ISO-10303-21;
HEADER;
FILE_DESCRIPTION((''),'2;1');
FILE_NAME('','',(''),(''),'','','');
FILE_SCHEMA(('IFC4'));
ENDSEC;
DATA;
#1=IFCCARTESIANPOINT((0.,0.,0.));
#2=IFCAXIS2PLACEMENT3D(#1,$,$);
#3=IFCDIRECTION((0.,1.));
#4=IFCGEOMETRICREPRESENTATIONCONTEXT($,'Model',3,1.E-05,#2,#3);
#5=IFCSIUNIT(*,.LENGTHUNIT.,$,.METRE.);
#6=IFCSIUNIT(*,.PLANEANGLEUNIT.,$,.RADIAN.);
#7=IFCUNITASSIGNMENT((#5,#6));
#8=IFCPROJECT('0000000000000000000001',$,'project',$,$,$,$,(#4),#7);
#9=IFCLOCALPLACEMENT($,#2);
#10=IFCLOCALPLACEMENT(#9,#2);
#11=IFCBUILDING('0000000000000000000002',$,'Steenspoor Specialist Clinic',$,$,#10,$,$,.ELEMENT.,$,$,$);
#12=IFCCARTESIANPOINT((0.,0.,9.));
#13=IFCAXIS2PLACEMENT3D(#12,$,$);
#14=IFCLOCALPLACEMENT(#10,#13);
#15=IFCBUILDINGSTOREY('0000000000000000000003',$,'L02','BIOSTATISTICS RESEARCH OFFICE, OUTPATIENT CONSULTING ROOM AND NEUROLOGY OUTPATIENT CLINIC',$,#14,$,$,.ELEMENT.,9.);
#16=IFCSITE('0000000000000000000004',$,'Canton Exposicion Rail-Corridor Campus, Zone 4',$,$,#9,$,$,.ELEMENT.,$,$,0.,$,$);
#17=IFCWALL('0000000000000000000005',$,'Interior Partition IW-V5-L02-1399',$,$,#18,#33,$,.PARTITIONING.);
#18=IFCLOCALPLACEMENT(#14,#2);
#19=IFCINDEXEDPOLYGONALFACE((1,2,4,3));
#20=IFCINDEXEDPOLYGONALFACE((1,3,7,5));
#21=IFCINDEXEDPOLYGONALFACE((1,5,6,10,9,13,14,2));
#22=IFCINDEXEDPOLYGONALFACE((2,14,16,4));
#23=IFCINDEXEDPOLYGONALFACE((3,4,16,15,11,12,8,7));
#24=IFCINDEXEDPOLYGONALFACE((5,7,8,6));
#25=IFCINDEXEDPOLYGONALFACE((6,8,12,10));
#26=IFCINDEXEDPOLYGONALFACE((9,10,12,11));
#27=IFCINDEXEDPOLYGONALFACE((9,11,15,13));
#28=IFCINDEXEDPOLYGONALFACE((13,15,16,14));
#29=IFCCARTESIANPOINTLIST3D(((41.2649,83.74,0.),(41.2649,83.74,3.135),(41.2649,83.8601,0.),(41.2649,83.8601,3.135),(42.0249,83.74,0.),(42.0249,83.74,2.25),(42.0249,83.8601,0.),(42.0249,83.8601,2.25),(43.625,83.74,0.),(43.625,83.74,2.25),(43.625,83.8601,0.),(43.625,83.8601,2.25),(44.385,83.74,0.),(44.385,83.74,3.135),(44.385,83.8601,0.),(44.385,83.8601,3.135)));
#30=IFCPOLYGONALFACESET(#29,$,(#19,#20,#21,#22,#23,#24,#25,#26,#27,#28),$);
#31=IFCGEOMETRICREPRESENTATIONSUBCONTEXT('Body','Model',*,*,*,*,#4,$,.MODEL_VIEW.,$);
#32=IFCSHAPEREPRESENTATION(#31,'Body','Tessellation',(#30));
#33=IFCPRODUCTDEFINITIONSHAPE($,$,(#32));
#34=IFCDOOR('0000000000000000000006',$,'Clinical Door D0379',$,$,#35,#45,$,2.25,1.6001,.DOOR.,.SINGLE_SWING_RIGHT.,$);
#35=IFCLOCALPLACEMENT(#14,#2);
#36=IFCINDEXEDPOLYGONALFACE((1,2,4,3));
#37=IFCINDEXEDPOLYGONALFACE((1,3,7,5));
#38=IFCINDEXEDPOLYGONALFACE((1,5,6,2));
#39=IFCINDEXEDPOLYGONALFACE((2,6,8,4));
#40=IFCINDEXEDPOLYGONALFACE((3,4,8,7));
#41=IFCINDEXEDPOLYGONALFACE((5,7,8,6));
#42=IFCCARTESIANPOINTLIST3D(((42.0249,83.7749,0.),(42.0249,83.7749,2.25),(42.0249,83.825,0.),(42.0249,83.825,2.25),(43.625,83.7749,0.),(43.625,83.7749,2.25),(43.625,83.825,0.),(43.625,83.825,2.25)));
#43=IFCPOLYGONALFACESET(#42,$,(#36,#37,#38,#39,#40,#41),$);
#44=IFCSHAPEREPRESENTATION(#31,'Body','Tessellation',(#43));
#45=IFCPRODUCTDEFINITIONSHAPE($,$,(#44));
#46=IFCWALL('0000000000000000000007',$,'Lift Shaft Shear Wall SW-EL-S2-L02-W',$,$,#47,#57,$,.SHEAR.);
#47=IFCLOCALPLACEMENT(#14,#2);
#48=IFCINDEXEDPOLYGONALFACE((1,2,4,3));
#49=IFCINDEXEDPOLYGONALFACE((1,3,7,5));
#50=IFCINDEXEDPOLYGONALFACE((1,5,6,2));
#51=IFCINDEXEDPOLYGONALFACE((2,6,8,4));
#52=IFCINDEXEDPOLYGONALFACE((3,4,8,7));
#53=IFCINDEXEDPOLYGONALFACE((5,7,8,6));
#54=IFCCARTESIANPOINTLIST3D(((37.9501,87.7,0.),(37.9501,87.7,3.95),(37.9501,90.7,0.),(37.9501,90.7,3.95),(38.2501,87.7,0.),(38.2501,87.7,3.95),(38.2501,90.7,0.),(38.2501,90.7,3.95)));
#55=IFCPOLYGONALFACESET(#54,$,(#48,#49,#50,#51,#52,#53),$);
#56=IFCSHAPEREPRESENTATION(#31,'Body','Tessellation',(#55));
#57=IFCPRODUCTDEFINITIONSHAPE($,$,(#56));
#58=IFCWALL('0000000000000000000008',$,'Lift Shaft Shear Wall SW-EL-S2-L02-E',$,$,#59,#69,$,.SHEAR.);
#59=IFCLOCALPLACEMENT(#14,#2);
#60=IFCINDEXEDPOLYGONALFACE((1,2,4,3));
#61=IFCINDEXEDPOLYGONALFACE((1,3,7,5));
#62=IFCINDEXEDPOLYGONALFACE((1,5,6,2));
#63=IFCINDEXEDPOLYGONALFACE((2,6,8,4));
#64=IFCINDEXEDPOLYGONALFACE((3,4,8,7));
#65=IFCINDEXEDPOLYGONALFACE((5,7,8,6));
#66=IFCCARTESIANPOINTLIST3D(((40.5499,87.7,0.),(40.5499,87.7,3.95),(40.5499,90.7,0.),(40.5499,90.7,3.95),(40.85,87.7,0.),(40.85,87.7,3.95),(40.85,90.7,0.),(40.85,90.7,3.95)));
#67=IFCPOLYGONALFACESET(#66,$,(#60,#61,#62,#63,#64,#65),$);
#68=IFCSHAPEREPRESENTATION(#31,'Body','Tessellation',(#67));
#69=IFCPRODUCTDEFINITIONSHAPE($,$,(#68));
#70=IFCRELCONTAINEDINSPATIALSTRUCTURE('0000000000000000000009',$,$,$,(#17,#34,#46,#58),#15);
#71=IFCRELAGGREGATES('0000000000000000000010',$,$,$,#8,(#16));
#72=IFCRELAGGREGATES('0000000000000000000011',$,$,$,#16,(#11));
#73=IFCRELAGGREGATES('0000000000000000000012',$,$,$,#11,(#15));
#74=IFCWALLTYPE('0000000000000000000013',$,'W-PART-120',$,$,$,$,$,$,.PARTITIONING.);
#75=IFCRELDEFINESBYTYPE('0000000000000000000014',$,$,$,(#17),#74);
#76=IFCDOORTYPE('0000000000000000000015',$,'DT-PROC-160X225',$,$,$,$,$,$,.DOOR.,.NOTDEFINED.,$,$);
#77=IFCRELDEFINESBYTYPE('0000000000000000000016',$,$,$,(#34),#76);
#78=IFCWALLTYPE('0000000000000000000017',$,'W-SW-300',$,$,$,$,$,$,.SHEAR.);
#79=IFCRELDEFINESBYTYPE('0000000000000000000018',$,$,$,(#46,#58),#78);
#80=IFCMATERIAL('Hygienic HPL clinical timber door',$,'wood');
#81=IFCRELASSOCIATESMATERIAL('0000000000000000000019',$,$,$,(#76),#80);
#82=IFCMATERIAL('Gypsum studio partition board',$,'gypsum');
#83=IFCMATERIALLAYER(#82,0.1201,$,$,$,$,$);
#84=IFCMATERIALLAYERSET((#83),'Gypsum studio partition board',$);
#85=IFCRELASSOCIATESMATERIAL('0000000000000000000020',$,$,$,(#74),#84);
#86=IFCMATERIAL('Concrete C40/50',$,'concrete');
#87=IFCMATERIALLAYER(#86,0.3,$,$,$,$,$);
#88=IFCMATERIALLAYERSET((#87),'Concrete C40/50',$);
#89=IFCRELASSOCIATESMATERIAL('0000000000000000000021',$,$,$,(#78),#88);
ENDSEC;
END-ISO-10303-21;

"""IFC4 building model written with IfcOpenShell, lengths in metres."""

from ifc_helpers import new_model, si_unit, direction, frame, frame_2d, origin, place, context, subcontext, project, spatial, rectangle, extrude, material, layer, layer_set, type_object, element, fill, save


model = new_model("IFC4")

# Units and contexts
model_context = context("Model", 3, precision=1e-05, world=origin(), true_north=direction((0.0, 1.0)))
body_context = subcontext(model_context, "Body", "Model", "MODEL_VIEW")
ifc_project = project(units=[si_unit("LENGTHUNIT", "METRE"), si_unit("PLANEANGLEUNIT", "RADIAN")], contexts=[model_context])

# Site, building, storey
site_placement = place(None, origin())
site = spatial("IfcSite", under=ifc_project, at=site_placement, Name="Canton Exposicion Rail-Corridor Campus, Zone 4", CompositionType="ELEMENT", RefElevation=0.0)
building_placement = place(site_placement, origin())
building = spatial("IfcBuilding", under=site, at=building_placement, Name="Steenspoor Specialist Clinic", CompositionType="ELEMENT")
storey_placement = place(building_placement, frame((0.0, 0.0, 9.0)))
storey = spatial("IfcBuildingStorey", under=building, at=storey_placement, Name="L02", Description="BIOSTATISTICS RESEARCH OFFICE, OUTPATIENT CONSULTING ROOM AND NEUROLOGY OUTPATIENT CLINIC", CompositionType="ELEMENT", Elevation=9.0)

# Shared definitions
ifc_material_1 = material(Name="Concrete C40/50", Category="concrete")

# Shared definitions
ifc_material_2 = material(Name="Hygienic HPL clinical timber door", Category="wood")
door_type_1 = type_object("IfcDoorType", Name="DT-PROC-160X225", OperationType="NOTDEFINED", PredefinedType="DOOR", material=ifc_material_2)

# Shared definitions
ifc_material_3 = material(Name="Gypsum studio partition board", Category="gypsum")
ifc_layer_1 = layer(ifc_material_3, 0.1201)
ifc_layer_set_1 = layer_set([ifc_layer_1], Name="Gypsum studio partition board")
wall_type_1 = type_object("IfcWallType", Name="W-PART-120", PredefinedType="PARTITIONING", material=ifc_layer_set_1)

# Wall, opening, door
wall_1_placement = place(storey_placement, frame((41.2649, 83.8, 0.0), z_axis=(0.0, 0.0, 1.0), x_axis=(1.0, 0.0, 0.0)))
wall_1 = element("IfcWall", 1, at=wall_1_placement, inside=storey, type_object=wall_type_1, Name="Interior Partition IW-V5-L02-1399", PredefinedType="PARTITIONING", context=body_context, shape_type="SweptSolid", body=[
    extrude(rectangle(XDim=3.1201, YDim=0.1201, at=frame_2d((1.5601, 0.0))), origin(), (0.0, 0.0, 1.0), 3.135),
])
opening_1_placement = place(wall_1_placement, frame((0.76, 0.0, 0.0)))
opening_1 = element("IfcOpeningElement", 2, at=opening_1_placement, cuts=wall_1, PredefinedType="OPENING", context=body_context, shape_type="SweptSolid", body=[
    extrude(rectangle(XDim=1.6001, YDim=2.25, at=frame_2d((0.8, 1.125))), frame((0.0, 0.0701, 0.0), z_axis=(0.0, -1.0, 0.0), x_axis=(1.0, 0.0, 0.0)), (0.0, 0.0, 1.0), 0.1401),
])
door_1_placement = place(opening_1_placement, origin())
door_1 = element("IfcDoor", 3, at=door_1_placement, inside=storey, type_object=door_type_1, Name="Clinical Door D0379", OperationType="SINGLE_SWING_RIGHT", OverallHeight=2.25, OverallWidth=1.6001, PredefinedType="DOOR", context=body_context, shape_type="SweptSolid", body=[
    extrude(rectangle(XDim=1.6001, YDim=2.25, at=frame_2d((0.8, 1.125))), frame((0.0, 0.0249, 0.0), z_axis=(0.0, -1.0, 0.0), x_axis=(1.0, 0.0, 0.0)), (0.0, 0.0, 1.0), 0.05),
])
fill(opening_1, door_1)
ifc_layer_2 = layer(ifc_material_1, 0.3)
ifc_layer_set_2 = layer_set([ifc_layer_2], Name="Concrete C40/50")
wall_type_2 = type_object("IfcWallType", Name="W-SW-300", PredefinedType="SHEAR", material=ifc_layer_set_2)

# Walls
for number, where, z_axis, x_axis, name in (
    (4, (38.1001, 87.7, 0.0), (0.0, 0.0, 1.0), (0.0, 1.0, 0.0), "Lift Shaft Shear Wall SW-EL-S2-L02-W"),
    (5, (40.7, 87.7, 0.0), (0.0, 0.0, 1.0), (0.0, 1.0, 0.0), "Lift Shaft Shear Wall SW-EL-S2-L02-E"),
):
    element("IfcWall", number, at=place(storey_placement, frame(where, z_axis=z_axis, x_axis=x_axis)), inside=storey, type_object=wall_type_2, Name=name, PredefinedType="SHEAR", context=body_context, shape_type="SweptSolid", body=[
        extrude(rectangle(XDim=3.0, YDim=0.3, at=frame_2d((1.5, 0.0))), origin(), (0.0, 0.0, 1.0), 3.95),
    ])

save(model, "model.ifc")
